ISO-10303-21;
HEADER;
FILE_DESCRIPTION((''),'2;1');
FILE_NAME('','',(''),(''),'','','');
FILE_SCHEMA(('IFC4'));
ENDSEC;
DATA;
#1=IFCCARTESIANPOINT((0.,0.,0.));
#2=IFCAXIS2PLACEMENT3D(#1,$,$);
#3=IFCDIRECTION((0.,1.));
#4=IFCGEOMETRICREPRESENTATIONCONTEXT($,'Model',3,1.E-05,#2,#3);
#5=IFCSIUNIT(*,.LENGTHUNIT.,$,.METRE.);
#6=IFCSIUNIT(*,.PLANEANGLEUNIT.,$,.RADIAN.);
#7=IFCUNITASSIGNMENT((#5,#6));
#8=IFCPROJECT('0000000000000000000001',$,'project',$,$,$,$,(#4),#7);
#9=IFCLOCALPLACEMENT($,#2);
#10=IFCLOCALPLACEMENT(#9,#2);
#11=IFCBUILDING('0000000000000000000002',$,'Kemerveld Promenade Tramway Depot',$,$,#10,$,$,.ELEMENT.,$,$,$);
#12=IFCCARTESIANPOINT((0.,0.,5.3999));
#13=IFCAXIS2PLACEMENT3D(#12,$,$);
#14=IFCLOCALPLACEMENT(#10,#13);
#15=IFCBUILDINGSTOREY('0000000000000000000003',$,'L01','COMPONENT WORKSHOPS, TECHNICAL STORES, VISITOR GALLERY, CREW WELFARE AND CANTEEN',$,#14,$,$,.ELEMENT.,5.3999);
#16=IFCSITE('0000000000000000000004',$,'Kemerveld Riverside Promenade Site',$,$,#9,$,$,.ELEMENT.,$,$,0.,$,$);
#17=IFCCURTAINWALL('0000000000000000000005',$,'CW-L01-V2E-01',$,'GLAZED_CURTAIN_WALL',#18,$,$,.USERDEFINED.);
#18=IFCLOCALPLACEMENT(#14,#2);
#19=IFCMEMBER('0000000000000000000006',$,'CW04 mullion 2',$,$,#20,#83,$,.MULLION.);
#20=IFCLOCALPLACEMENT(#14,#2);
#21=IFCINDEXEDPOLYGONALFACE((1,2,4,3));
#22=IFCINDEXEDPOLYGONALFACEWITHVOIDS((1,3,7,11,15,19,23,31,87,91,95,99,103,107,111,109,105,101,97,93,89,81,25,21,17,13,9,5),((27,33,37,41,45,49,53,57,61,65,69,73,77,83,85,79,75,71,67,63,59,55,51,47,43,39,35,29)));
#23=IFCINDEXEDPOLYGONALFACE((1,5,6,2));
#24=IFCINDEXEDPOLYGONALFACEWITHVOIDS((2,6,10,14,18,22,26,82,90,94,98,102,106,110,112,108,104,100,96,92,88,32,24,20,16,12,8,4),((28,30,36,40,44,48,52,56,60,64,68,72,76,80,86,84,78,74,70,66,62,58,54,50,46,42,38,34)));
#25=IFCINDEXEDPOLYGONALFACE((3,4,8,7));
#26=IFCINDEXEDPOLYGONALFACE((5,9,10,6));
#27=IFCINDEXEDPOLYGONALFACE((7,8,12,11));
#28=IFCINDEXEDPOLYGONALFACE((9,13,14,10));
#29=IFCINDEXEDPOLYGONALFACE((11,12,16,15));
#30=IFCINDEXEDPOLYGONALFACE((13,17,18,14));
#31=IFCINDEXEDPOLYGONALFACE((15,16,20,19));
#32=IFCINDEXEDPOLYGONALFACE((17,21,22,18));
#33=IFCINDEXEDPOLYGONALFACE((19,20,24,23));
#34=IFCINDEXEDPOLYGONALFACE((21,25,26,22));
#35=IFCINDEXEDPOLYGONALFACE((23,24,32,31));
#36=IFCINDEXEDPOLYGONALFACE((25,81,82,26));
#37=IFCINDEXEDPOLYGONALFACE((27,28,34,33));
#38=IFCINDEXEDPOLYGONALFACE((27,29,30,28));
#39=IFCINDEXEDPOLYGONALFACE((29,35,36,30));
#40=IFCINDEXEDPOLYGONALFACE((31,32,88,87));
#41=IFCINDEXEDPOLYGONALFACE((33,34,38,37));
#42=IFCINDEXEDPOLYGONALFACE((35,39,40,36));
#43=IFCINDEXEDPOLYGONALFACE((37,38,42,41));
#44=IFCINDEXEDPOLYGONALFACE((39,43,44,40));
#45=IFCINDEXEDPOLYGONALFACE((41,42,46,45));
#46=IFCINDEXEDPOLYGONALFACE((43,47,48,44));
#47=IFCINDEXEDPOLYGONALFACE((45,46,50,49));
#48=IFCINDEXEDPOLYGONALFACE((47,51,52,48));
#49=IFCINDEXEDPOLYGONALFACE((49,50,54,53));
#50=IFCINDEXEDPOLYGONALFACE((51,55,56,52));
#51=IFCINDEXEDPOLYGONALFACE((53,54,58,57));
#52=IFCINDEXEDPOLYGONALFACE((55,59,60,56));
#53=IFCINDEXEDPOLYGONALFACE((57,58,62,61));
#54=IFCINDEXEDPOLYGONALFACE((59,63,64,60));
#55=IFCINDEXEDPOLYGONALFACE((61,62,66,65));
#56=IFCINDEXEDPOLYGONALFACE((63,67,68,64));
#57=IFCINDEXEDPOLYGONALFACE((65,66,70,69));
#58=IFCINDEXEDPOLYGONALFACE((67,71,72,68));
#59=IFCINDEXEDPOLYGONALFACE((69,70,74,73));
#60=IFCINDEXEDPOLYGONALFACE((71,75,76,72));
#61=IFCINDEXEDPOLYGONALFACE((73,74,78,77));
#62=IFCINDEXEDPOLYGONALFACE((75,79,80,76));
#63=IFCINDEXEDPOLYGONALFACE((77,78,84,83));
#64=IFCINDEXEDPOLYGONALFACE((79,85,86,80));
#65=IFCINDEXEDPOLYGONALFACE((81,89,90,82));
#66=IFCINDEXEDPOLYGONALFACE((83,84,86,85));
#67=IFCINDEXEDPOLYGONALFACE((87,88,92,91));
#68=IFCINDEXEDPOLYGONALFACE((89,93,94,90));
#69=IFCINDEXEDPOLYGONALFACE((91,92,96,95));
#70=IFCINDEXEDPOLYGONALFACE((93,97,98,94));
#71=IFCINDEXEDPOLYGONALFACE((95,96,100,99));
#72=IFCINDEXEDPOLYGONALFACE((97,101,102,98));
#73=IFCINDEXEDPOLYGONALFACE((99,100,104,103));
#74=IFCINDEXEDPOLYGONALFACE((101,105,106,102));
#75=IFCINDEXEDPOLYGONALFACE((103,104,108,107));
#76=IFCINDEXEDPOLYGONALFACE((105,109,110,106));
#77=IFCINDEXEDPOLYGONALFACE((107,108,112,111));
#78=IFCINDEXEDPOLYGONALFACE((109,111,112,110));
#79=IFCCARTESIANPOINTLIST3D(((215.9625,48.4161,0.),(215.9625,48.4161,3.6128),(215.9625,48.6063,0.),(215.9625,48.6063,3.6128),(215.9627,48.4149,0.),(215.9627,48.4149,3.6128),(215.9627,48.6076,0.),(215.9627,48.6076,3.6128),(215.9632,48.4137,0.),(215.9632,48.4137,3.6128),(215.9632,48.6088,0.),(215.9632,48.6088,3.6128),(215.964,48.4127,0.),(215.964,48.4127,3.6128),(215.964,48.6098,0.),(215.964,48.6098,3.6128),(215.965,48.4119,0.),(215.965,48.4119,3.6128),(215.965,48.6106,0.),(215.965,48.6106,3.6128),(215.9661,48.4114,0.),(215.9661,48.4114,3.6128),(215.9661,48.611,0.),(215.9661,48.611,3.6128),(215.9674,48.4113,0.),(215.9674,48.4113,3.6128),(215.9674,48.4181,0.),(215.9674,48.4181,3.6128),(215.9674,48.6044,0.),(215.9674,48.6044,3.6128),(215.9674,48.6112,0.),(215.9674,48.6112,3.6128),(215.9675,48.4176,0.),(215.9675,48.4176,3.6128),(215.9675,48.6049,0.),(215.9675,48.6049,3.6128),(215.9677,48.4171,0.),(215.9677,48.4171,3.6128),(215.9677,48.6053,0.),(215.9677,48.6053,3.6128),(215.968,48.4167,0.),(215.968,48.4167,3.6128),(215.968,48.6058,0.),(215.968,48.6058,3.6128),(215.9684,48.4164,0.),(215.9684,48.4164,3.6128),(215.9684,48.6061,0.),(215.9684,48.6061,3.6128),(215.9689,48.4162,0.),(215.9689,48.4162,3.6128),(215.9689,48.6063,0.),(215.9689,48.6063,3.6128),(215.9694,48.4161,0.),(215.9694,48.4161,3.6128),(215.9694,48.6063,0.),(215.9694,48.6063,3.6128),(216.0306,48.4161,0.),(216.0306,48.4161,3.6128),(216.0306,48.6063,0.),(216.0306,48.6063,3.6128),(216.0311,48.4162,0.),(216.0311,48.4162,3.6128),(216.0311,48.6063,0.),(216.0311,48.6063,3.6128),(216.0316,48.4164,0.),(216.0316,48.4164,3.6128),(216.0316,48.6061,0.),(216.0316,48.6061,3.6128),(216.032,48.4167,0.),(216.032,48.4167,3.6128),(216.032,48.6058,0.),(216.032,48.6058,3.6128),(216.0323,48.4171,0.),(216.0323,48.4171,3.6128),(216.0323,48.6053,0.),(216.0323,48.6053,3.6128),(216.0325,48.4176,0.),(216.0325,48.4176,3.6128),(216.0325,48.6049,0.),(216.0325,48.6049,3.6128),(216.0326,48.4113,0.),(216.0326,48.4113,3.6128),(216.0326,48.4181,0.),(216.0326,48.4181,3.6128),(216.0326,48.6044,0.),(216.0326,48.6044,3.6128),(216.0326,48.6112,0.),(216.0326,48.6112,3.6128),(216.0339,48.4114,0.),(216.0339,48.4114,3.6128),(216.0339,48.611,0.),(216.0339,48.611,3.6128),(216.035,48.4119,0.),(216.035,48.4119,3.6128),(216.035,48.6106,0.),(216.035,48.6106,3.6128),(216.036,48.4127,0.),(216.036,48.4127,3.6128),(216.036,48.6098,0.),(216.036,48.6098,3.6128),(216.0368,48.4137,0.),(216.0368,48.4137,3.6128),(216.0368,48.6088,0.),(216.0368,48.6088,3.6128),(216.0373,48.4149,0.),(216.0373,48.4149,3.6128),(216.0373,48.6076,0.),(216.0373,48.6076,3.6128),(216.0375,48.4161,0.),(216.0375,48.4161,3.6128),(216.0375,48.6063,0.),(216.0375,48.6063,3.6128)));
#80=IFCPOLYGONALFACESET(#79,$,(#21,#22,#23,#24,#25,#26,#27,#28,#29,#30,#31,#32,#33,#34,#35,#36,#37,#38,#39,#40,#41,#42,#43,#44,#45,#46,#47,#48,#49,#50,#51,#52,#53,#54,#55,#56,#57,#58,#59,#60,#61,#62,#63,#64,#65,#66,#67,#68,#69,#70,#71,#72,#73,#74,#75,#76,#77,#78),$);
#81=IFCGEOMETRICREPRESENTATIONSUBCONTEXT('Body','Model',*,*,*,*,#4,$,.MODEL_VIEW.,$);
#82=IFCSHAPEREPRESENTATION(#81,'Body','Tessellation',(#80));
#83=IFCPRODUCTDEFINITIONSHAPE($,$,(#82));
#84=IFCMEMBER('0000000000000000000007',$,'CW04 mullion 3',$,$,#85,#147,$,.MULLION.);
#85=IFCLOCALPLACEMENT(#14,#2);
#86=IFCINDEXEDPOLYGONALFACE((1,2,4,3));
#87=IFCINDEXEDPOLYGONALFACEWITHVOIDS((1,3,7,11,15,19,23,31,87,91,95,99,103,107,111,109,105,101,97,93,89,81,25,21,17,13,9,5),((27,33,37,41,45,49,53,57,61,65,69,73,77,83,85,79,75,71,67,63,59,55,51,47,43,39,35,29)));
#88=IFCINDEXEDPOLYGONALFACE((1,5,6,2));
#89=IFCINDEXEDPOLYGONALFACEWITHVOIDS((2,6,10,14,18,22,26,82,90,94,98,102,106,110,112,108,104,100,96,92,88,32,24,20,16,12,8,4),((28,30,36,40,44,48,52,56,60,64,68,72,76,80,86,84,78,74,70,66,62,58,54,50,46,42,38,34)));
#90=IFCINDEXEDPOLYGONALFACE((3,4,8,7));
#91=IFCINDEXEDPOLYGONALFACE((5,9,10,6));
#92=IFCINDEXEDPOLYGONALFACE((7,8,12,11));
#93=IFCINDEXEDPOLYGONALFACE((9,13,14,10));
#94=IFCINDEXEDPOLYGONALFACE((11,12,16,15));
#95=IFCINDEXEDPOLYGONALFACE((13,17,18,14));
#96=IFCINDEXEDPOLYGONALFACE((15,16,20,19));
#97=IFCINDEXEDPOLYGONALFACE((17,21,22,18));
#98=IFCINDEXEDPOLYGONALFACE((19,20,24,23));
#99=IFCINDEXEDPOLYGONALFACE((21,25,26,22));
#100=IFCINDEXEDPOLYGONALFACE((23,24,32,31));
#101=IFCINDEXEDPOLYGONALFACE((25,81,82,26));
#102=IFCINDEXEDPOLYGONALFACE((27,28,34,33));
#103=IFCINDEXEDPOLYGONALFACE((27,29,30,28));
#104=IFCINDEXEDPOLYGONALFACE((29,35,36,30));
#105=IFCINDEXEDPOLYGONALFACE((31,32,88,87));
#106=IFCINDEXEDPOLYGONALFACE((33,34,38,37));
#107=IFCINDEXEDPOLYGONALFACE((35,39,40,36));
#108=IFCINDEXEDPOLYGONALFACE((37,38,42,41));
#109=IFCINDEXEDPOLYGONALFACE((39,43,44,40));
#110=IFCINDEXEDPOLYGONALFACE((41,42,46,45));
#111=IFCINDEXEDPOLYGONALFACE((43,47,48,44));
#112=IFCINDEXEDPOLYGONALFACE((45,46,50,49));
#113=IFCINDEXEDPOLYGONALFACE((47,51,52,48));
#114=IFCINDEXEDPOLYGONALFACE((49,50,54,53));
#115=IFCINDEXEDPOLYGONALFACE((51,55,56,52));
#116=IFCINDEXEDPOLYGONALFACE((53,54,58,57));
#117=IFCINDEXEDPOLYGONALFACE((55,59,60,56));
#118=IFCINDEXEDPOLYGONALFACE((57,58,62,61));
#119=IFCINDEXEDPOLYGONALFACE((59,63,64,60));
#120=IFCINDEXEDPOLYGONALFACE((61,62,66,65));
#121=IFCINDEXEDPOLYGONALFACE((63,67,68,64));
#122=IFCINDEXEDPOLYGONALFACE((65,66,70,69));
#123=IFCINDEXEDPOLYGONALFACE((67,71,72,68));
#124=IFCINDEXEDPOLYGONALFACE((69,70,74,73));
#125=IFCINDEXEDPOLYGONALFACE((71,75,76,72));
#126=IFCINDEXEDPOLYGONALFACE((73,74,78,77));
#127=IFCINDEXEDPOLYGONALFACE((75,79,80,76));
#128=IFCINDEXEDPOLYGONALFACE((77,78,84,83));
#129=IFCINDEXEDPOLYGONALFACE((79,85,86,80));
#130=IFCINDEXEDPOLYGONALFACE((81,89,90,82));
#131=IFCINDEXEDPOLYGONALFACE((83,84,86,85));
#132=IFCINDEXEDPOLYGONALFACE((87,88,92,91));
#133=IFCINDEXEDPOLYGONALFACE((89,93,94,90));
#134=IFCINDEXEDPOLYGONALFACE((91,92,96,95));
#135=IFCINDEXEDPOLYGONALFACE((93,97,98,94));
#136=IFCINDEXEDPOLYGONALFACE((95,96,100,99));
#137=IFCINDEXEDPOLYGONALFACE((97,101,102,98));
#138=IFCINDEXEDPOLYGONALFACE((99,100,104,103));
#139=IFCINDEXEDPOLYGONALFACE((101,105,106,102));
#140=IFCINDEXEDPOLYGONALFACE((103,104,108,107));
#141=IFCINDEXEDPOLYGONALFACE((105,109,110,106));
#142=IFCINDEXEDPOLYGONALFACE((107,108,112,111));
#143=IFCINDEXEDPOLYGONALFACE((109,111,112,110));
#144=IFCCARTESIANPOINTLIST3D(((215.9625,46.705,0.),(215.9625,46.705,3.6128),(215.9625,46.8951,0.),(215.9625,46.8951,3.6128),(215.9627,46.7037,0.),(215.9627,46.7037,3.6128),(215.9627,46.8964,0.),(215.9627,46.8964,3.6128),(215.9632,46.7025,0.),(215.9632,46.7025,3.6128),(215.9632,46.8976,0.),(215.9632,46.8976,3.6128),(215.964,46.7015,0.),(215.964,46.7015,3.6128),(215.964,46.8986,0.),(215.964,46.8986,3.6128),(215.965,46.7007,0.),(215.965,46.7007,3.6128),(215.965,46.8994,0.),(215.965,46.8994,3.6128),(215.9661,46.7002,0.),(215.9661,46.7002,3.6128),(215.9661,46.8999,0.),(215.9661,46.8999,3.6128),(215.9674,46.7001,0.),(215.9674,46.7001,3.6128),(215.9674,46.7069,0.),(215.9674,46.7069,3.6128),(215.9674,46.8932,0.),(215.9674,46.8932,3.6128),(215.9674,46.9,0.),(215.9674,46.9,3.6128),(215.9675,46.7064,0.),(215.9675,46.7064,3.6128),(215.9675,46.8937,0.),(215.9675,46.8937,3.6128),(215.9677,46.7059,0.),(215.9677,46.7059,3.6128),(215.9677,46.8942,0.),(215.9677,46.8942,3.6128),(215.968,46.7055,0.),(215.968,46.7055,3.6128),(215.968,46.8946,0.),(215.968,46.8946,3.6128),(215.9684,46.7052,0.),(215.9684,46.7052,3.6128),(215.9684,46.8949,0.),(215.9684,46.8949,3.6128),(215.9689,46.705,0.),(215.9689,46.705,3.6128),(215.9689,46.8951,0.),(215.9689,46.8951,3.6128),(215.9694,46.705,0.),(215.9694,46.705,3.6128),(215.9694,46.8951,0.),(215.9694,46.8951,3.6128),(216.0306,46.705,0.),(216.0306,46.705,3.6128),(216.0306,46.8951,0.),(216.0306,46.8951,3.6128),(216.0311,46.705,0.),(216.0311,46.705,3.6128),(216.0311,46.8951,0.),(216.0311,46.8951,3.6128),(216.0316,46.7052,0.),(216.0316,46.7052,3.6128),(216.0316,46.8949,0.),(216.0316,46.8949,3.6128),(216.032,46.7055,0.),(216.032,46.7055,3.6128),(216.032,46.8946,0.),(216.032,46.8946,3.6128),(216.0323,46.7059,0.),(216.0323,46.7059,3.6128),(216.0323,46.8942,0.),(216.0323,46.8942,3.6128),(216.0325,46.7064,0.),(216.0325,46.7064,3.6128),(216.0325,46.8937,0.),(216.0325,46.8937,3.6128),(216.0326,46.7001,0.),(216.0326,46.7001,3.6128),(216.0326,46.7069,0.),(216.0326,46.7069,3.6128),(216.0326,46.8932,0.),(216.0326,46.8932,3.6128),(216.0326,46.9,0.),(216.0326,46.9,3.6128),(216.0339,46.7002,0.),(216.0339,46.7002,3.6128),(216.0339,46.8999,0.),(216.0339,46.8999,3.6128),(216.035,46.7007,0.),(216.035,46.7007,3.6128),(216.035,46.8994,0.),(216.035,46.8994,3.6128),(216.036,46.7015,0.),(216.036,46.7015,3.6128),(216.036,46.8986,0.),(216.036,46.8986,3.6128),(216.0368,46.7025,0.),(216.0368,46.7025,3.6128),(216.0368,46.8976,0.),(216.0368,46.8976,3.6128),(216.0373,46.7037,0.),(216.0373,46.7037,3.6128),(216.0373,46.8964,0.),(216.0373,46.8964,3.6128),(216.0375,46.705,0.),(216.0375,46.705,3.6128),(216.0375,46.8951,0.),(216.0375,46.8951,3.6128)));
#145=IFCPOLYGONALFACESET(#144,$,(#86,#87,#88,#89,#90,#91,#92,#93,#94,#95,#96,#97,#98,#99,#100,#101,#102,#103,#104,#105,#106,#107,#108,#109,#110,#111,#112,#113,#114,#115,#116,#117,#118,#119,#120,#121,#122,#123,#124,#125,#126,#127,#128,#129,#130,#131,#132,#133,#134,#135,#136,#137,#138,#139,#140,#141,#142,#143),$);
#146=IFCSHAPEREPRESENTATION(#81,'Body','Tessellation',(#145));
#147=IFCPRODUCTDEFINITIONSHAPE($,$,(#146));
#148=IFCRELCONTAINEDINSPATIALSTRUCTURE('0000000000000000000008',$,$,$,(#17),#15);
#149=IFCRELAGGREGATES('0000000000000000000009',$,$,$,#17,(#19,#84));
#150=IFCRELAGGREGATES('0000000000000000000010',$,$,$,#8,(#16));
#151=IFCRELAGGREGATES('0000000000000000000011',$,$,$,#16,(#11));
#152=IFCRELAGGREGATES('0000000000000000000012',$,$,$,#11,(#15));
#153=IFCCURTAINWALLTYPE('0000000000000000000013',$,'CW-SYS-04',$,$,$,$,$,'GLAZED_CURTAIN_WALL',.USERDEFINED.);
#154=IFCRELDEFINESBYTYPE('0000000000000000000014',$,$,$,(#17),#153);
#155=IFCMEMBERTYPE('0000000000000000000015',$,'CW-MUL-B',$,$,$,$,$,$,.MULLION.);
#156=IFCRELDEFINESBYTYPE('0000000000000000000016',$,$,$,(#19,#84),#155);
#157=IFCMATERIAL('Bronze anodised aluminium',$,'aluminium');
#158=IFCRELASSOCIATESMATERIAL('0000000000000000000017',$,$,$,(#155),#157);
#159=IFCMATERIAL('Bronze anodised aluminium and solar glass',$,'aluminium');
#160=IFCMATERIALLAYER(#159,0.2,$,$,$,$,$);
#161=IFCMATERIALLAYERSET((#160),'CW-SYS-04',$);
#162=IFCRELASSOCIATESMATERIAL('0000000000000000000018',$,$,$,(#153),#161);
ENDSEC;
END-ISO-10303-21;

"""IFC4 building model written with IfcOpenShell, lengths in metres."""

from ifc_helpers import new_model, si_unit, direction, frame, origin, origin_2d, place, context, subcontext, project, spatial, hollow_rectangle, extrude, material, layer, layer_set, material_profile, profile_set, type_object, element, aggregate, save


model = new_model("IFC4")

# Units and contexts
model_context = context("Model", 3, precision=1e-05, world=origin(), true_north=direction((0.0, 1.0)))
body_context = subcontext(model_context, "Body", "Model", "MODEL_VIEW")
ifc_project = project(units=[si_unit("LENGTHUNIT", "METRE"), si_unit("PLANEANGLEUNIT", "RADIAN")], contexts=[model_context])

# Site, building, storey
site_placement = place(None, origin())
site = spatial("IfcSite", under=ifc_project, at=site_placement, Name="Kemerveld Riverside Promenade Site", CompositionType="ELEMENT", RefElevation=0.0)
building_placement = place(site_placement, origin())
building = spatial("IfcBuilding", under=site, at=building_placement, Name="Kemerveld Promenade Tramway Depot", CompositionType="ELEMENT")
storey_placement = place(building_placement, frame((0.0, 0.0, 5.3999)))
storey = spatial("IfcBuildingStorey", under=building, at=storey_placement, Name="L01", Description="COMPONENT WORKSHOPS, TECHNICAL STORES, VISITOR GALLERY, CREW WELFARE AND CANTEEN", CompositionType="ELEMENT", Elevation=5.3999)

# Shared definitions
ifc_material_1 = material(Name="Bronze anodised aluminium and solar glass", Category="aluminium")
ifc_material_2 = material(Name="Bronze anodised aluminium", Category="aluminium")
ifc_material_profile_1 = material_profile(ifc_material_2, hollow_rectangle(XDim=0.075, YDim=0.2, WallThickness=0.0049, InnerFilletRadius=0.002, OuterFilletRadius=0.0049, at=origin_2d()), Name="CW-MUL-200x75")
ifc_profile_set_1 = profile_set([ifc_material_profile_1], Name="Bronze anodised aluminium")
member_type_1 = type_object("IfcMemberType", Name="CW-MUL-B", PredefinedType="MULLION", material=ifc_profile_set_1)

# Curtain wall, members
ifc_layer_1 = layer(ifc_material_1, 0.2)
ifc_layer_set_1 = layer_set([ifc_layer_1], Name="CW-SYS-04")
curtain_wall_type_1 = type_object("IfcCurtainWallType", Name="CW-SYS-04", ElementType="GLAZED_CURTAIN_WALL", PredefinedType="USERDEFINED", material=ifc_layer_set_1)
curtain_wall_1_placement = place(storey_placement, origin())
curtain_wall_1 = element("IfcCurtainWall", 1, at=curtain_wall_1_placement, inside=storey, type_object=curtain_wall_type_1, Name="CW-L01-V2E-01", ObjectType="GLAZED_CURTAIN_WALL", PredefinedType="USERDEFINED")
member_1_placement = place(storey_placement, frame((216.0, 48.5112, 0.0), z_axis=(0.0, 0.0, 1.0), x_axis=(1.0, 0.0, 0.0)))
member_1 = element("IfcMember", 2, at=member_1_placement, type_object=member_type_1, Name="CW04 mullion 2", PredefinedType="MULLION", context=body_context, shape_type="SweptSolid", body=[
    extrude(hollow_rectangle(XDim=0.075, YDim=0.2, WallThickness=0.0049, InnerFilletRadius=0.002, OuterFilletRadius=0.0049, at=origin_2d()), origin(), (0.0, 0.0, 1.0), 3.6128),
])
member_2_placement = place(storey_placement, frame((216.0, 46.8, 0.0), z_axis=(0.0, 0.0, 1.0), x_axis=(1.0, 0.0, 0.0)))
member_2 = element("IfcMember", 3, at=member_2_placement, type_object=member_type_1, Name="CW04 mullion 3", PredefinedType="MULLION", context=body_context, shape_type="SweptSolid", body=[
    extrude(hollow_rectangle(XDim=0.075, YDim=0.2, WallThickness=0.0049, InnerFilletRadius=0.002, OuterFilletRadius=0.0049, at=origin_2d()), origin(), (0.0, 0.0, 1.0), 3.6128),
])

aggregate(curtain_wall_1, [member_1, member_2])

save(model, "model.ifc")
